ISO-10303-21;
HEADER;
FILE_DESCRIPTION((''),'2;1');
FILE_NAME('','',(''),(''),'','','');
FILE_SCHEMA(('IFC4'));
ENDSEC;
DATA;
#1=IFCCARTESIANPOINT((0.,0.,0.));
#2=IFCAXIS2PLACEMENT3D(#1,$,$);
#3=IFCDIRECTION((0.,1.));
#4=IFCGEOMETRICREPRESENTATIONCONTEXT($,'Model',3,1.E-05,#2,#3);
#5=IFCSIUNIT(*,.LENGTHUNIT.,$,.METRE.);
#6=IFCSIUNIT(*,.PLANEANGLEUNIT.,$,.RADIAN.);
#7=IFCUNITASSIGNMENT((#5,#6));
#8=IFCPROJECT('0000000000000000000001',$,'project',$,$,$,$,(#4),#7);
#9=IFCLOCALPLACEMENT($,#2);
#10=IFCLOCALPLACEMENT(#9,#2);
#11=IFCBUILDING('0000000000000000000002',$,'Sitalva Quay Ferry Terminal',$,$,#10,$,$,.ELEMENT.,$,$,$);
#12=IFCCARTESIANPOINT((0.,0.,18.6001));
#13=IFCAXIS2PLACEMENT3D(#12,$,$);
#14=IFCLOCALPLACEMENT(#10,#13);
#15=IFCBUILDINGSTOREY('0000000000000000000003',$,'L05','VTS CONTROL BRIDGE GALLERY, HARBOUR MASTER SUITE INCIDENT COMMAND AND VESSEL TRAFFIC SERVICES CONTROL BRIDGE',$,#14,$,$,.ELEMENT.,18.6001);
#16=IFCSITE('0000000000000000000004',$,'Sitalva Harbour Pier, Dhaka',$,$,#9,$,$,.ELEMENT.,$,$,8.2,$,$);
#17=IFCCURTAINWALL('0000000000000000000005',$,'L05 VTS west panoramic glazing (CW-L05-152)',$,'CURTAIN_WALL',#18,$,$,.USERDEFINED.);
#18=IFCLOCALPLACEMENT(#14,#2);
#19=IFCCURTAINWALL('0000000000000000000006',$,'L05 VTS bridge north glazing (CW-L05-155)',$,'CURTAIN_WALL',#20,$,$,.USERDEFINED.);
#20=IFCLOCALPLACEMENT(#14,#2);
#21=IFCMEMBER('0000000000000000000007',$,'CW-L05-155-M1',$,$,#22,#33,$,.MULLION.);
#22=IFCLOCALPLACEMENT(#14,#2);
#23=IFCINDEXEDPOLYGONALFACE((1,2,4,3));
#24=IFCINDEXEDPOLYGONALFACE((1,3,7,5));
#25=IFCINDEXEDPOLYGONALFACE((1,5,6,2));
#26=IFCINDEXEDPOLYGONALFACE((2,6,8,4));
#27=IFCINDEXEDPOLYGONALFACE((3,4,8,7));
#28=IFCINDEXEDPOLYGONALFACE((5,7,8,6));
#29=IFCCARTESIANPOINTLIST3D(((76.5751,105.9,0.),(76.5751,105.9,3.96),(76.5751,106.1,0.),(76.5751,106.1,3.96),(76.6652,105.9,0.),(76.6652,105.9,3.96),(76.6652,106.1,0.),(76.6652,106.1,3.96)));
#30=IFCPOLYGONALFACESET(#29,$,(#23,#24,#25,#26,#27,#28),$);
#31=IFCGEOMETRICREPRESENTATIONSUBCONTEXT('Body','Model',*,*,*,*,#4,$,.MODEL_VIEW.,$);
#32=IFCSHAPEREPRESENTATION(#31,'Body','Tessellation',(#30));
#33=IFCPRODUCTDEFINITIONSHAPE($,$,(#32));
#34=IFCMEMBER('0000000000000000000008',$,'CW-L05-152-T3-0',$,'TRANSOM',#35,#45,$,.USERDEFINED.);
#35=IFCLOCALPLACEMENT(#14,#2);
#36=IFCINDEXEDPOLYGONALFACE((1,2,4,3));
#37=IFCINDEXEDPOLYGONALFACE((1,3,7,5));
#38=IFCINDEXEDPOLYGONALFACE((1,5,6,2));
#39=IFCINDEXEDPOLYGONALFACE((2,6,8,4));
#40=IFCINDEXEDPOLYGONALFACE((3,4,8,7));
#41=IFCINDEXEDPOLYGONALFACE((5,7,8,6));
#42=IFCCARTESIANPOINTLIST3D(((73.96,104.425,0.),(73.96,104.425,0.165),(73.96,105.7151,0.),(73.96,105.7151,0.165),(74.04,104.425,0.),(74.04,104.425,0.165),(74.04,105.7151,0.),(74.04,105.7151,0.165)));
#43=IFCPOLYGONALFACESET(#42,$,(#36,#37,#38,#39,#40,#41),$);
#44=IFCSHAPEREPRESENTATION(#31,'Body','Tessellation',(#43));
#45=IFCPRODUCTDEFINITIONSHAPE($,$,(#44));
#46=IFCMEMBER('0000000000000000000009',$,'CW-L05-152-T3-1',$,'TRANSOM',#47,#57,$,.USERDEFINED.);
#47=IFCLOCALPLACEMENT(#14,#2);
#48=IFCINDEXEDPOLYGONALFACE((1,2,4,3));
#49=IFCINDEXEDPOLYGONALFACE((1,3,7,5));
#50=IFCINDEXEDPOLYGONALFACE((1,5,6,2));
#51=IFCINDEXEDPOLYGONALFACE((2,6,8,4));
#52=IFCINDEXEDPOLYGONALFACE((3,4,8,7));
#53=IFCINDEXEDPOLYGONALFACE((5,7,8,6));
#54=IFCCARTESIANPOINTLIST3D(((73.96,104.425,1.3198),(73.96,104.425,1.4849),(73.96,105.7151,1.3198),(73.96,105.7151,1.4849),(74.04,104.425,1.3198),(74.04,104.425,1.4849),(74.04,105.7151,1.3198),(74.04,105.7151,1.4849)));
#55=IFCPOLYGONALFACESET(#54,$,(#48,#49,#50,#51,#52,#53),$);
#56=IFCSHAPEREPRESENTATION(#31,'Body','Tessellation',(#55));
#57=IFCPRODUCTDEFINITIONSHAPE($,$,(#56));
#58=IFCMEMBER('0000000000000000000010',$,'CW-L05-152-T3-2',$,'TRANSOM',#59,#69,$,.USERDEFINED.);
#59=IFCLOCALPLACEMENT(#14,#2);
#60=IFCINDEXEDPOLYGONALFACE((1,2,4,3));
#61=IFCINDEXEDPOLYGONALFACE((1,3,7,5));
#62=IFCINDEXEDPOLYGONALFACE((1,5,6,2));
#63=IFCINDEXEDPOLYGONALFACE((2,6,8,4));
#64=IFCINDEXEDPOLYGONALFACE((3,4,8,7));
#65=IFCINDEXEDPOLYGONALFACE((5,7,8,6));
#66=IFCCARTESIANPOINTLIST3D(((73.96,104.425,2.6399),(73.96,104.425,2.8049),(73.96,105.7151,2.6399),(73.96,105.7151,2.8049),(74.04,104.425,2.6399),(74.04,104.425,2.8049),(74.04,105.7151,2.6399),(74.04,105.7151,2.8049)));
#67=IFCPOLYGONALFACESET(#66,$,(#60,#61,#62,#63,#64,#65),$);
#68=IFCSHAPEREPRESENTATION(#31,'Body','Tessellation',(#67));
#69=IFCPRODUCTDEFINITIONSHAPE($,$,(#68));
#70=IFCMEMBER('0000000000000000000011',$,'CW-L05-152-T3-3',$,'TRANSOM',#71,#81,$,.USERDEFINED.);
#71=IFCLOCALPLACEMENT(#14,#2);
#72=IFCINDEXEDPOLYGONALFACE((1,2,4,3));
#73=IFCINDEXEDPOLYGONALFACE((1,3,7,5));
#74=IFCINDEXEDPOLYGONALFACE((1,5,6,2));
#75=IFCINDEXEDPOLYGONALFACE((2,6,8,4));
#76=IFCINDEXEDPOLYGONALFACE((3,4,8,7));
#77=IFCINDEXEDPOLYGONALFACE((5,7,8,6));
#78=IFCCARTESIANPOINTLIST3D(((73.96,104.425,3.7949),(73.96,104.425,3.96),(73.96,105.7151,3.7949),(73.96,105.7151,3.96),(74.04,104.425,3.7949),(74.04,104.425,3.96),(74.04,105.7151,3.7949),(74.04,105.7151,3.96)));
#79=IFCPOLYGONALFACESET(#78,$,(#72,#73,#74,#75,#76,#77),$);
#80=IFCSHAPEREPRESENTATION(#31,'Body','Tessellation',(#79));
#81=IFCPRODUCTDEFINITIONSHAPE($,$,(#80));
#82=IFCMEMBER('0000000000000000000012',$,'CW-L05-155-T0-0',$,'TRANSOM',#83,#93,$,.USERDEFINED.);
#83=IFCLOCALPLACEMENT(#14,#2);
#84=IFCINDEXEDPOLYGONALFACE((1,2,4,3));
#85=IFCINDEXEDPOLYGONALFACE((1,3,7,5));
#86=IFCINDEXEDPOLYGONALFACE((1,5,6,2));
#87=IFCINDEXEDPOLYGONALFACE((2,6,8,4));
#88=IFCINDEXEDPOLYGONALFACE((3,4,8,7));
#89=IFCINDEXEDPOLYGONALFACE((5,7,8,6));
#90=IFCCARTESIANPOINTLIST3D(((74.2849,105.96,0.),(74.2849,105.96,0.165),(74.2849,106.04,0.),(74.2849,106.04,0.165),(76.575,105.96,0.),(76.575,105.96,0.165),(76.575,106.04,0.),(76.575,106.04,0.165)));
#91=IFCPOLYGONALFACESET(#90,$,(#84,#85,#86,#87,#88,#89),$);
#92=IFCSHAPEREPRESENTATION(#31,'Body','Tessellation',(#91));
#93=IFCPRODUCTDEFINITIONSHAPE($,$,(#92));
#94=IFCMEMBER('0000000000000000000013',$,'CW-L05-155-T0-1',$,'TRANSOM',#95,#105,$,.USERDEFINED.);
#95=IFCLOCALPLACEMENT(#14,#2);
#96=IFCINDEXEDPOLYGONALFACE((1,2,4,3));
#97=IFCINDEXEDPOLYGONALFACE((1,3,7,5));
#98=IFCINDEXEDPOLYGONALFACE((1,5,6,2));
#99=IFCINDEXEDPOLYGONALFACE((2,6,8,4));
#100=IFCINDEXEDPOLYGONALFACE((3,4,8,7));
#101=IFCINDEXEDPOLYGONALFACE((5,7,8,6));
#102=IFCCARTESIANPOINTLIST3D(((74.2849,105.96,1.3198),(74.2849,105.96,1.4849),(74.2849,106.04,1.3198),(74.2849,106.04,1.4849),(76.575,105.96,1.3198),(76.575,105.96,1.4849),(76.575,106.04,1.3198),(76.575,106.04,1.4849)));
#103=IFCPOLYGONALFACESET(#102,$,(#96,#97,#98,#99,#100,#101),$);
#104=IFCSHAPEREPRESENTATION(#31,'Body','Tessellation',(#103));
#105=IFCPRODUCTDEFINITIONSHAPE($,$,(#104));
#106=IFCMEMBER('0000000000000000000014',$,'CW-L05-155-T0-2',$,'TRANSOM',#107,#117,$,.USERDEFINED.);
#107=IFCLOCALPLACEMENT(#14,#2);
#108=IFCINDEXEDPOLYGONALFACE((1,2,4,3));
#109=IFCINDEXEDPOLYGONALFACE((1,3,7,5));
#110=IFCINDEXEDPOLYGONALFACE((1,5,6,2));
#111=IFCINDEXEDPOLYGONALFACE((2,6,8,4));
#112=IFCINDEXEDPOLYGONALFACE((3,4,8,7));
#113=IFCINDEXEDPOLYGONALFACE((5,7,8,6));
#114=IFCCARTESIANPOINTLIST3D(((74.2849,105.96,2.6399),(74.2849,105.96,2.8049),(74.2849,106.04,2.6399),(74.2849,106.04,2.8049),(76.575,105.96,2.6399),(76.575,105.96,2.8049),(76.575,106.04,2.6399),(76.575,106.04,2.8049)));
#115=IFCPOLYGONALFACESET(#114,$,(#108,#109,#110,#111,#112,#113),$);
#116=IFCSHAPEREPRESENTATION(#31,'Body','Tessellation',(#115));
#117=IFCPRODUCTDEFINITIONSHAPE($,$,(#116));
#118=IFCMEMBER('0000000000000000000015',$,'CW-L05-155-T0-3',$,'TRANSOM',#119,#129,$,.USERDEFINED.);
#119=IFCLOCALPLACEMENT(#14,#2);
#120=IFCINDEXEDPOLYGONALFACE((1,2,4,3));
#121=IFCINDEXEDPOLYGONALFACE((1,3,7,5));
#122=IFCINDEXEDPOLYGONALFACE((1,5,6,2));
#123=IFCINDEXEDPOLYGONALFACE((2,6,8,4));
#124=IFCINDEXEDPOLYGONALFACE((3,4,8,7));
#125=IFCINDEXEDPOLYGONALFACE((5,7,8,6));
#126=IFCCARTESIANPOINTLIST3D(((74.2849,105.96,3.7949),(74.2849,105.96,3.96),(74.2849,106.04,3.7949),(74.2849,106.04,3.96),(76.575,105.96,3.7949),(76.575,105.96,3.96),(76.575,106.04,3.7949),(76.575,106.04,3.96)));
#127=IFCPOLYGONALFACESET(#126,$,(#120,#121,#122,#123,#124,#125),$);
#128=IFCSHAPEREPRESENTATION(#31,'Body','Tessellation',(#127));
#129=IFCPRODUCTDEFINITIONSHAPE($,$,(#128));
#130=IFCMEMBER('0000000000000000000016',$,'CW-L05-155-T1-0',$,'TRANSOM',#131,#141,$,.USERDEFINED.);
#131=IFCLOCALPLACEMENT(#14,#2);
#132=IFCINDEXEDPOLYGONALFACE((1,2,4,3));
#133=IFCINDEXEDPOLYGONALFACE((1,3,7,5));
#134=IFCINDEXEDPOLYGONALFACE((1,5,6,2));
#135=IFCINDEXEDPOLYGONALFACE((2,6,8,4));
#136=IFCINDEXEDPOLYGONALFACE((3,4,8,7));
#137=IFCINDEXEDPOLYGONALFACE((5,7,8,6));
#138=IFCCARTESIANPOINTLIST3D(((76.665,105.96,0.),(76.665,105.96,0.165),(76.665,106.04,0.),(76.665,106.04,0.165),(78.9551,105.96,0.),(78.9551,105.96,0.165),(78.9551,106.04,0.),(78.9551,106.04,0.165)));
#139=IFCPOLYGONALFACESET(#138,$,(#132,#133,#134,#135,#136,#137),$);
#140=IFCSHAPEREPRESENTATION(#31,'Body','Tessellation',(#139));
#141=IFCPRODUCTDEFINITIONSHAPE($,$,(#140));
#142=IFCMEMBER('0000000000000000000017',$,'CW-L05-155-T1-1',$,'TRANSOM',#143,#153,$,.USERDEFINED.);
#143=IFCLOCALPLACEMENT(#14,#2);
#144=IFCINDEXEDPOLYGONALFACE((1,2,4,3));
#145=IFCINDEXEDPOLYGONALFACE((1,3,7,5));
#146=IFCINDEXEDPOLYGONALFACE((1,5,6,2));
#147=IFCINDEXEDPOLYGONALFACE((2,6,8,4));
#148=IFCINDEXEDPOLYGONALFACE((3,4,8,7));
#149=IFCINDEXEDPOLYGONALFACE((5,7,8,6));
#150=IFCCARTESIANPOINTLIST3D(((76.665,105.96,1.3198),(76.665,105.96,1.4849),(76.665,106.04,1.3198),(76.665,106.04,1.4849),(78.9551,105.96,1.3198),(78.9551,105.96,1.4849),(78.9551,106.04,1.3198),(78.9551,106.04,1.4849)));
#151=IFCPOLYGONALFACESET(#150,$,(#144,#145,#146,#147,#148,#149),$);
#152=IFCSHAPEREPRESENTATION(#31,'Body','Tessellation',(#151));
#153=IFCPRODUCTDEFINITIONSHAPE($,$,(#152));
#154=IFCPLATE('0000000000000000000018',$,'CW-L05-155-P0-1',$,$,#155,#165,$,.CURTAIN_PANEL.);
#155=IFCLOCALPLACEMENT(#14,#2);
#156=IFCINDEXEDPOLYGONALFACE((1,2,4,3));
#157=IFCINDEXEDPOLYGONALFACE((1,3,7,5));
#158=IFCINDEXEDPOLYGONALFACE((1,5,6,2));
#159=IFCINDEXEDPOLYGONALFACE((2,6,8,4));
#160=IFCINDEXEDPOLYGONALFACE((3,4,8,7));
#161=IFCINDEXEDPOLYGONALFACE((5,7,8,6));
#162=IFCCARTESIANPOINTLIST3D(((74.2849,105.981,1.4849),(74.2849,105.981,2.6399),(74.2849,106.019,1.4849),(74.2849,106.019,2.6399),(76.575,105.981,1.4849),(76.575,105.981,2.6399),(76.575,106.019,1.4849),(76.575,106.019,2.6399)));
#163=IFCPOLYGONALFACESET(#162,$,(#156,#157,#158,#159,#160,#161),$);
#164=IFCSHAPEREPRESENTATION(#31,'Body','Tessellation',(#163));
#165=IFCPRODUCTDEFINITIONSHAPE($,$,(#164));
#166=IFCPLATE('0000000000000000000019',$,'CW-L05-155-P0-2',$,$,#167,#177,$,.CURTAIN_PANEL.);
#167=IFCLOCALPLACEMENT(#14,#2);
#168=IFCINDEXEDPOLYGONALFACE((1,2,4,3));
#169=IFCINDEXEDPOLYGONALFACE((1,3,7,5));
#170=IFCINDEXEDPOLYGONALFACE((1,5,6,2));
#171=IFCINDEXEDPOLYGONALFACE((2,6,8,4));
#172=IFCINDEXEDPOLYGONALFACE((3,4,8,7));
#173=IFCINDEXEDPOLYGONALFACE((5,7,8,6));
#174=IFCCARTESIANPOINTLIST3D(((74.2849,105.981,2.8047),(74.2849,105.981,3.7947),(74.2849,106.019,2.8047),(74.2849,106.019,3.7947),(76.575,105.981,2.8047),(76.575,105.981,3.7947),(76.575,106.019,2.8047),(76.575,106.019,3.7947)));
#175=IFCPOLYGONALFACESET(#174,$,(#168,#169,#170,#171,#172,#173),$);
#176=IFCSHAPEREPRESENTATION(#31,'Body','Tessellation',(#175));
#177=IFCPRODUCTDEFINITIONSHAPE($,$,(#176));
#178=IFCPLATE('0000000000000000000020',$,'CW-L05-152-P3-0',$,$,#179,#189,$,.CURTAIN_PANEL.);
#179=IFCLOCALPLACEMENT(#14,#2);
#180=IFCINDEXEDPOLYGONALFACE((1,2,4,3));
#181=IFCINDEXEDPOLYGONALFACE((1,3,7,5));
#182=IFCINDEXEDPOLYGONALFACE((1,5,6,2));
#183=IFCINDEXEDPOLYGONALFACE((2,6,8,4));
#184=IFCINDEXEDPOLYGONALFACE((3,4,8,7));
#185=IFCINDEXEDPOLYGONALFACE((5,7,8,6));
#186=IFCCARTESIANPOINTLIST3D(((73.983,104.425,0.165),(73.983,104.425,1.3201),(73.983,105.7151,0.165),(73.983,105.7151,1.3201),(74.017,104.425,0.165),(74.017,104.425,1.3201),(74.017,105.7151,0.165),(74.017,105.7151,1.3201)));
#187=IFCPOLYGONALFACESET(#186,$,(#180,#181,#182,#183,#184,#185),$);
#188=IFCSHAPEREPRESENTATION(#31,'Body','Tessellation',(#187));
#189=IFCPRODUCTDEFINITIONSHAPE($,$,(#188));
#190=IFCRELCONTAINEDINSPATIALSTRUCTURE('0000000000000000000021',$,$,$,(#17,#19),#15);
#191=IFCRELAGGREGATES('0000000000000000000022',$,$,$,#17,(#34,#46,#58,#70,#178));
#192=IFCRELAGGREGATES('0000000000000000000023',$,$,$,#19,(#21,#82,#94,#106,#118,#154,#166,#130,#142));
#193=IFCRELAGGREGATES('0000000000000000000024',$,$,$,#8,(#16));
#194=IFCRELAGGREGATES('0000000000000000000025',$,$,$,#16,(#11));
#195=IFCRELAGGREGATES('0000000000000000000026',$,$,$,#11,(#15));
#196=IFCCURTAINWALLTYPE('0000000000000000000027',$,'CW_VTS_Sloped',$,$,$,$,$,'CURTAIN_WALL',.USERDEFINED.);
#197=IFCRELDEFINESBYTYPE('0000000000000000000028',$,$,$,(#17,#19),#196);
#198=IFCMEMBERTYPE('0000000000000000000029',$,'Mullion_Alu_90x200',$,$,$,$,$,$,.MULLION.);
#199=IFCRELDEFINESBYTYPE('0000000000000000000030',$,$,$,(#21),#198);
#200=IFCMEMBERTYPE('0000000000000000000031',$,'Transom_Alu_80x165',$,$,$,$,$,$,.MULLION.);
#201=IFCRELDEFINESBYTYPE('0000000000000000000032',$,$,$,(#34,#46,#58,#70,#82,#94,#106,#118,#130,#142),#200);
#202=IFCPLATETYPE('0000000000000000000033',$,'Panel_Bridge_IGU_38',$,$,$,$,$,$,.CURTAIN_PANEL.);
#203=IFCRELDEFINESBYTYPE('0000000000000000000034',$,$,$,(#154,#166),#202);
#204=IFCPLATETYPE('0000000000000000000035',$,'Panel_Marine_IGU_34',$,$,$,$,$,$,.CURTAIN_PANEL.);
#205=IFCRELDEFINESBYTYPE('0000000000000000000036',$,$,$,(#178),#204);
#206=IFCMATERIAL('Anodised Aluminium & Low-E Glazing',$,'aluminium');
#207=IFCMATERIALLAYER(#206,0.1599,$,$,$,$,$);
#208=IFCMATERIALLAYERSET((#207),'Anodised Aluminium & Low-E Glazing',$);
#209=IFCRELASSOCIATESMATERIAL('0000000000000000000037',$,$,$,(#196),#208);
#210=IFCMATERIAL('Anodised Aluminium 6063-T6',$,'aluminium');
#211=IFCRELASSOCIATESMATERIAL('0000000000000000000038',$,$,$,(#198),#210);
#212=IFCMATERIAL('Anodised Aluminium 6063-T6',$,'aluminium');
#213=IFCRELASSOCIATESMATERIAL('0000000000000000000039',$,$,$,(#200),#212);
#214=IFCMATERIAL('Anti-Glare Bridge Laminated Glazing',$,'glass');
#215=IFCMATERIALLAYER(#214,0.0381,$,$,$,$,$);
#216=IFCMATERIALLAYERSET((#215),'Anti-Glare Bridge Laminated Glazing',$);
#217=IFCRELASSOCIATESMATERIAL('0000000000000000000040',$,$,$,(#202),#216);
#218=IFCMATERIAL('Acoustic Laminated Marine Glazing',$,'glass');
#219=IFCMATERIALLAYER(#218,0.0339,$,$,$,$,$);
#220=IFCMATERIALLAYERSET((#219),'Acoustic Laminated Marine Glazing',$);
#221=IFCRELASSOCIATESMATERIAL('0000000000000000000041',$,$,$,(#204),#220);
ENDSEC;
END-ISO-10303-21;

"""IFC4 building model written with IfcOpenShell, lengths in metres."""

from ifc_helpers import new_model, si_unit, direction, frame, origin, origin_2d, place, context, subcontext, project, spatial, rectangle, extrude, material, layer, layer_set, material_profile, profile_set, type_object, element, aggregate, save


model = new_model("IFC4")

# Units and contexts
model_context = context("Model", 3, precision=1e-05, world=origin(), true_north=direction((0.0, 1.0)))
body_context = subcontext(model_context, "Body", "Model", "MODEL_VIEW")
ifc_project = project(units=[si_unit("LENGTHUNIT", "METRE"), si_unit("PLANEANGLEUNIT", "RADIAN")], contexts=[model_context])

# Site, building, storey
site_placement = place(None, origin())
site = spatial("IfcSite", under=ifc_project, at=site_placement, Name="Sitalva Harbour Pier, Dhaka", CompositionType="ELEMENT", RefElevation=8.2)
building_placement = place(site_placement, origin())
building = spatial("IfcBuilding", under=site, at=building_placement, Name="Sitalva Quay Ferry Terminal", CompositionType="ELEMENT")
storey_placement = place(building_placement, frame((0.0, 0.0, 18.6001)))
storey = spatial("IfcBuildingStorey", under=building, at=storey_placement, Name="L05", Description="VTS CONTROL BRIDGE GALLERY, HARBOUR MASTER SUITE INCIDENT COMMAND AND VESSEL TRAFFIC SERVICES CONTROL BRIDGE", CompositionType="ELEMENT", Elevation=18.6001)

# Curtain walls, member
ifc_material_1 = material(Name="Anodised Aluminium & Low-E Glazing", Category="aluminium")
ifc_layer_1 = layer(ifc_material_1, 0.1599)
ifc_layer_set_1 = layer_set([ifc_layer_1], Name="Anodised Aluminium & Low-E Glazing")
curtain_wall_type = type_object("IfcCurtainWallType", Name="CW_VTS_Sloped", ElementType="CURTAIN_WALL", PredefinedType="USERDEFINED", material=ifc_layer_set_1)
curtain_wall_1_placement = place(storey_placement, origin())
curtain_wall_1 = element("IfcCurtainWall", 1, at=curtain_wall_1_placement, inside=storey, type_object=curtain_wall_type, Name="L05 VTS west panoramic glazing (CW-L05-152)", ObjectType="CURTAIN_WALL", PredefinedType="USERDEFINED")
ifc_material_2 = material(Name="Anodised Aluminium 6063-T6", Category="aluminium")
ifc_material_profile_1 = material_profile(ifc_material_2, rectangle(XDim=0.0901, YDim=0.2, at=origin_2d()), Name="ALU90x200")
ifc_profile_set_1 = profile_set([ifc_material_profile_1], Name="Anodised Aluminium 6063-T6")
member_type_1 = type_object("IfcMemberType", Name="Mullion_Alu_90x200", PredefinedType="MULLION", material=ifc_profile_set_1)
curtain_wall_2_placement = place(storey_placement, origin())
curtain_wall_2 = element("IfcCurtainWall", 2, at=curtain_wall_2_placement, inside=storey, type_object=curtain_wall_type, Name="L05 VTS bridge north glazing (CW-L05-155)", ObjectType="CURTAIN_WALL", PredefinedType="USERDEFINED")
member_1_placement = place(storey_placement, frame((76.6201, 106.0, 0.0), z_axis=(0.0, 0.0, 1.0), x_axis=(1.0, 0.0, 0.0)))
member_1 = element("IfcMember", 3, at=member_1_placement, type_object=member_type_1, Name="CW-L05-155-M1", PredefinedType="MULLION", context=body_context, shape_type="SweptSolid", body=[
    extrude(rectangle(XDim=0.0901, YDim=0.2, at=origin_2d()), origin(), (0.0, 0.0, 1.0), 3.96),
])

# Members
ifc_material_3 = material(Name="Anodised Aluminium 6063-T6", Category="aluminium")
ifc_material_profile_2 = material_profile(ifc_material_3, rectangle(XDim=0.0801, YDim=0.165, at=origin_2d()), Name="ALU80x165")
ifc_profile_set_2 = profile_set([ifc_material_profile_2], Name="Anodised Aluminium 6063-T6")
member_type_2 = type_object("IfcMemberType", Name="Transom_Alu_80x165", PredefinedType="MULLION", material=ifc_profile_set_2)
member_2_placement = place(storey_placement, frame((74.0, 104.425, 0.0825), z_axis=(0.0, 1.0, 0.0), x_axis=(-1.0, 0.0, 0.0)))
member_2 = element("IfcMember", 4, at=member_2_placement, type_object=member_type_2, Name="CW-L05-152-T3-0", ObjectType="TRANSOM", PredefinedType="USERDEFINED", context=body_context, shape_type="SweptSolid", body=[
    extrude(rectangle(XDim=0.0801, YDim=0.165, at=origin_2d()), origin(), (0.0, 0.0, 1.0), 1.29),
])
member_3_placement = place(storey_placement, frame((74.0, 104.425, 1.4023), z_axis=(0.0, 1.0, 0.0), x_axis=(-1.0, 0.0, 0.0)))
member_3 = element("IfcMember", 5, at=member_3_placement, type_object=member_type_2, Name="CW-L05-152-T3-1", ObjectType="TRANSOM", PredefinedType="USERDEFINED", context=body_context, shape_type="SweptSolid", body=[
    extrude(rectangle(XDim=0.0801, YDim=0.165, at=origin_2d()), origin(), (0.0, 0.0, 1.0), 1.29),
])
member_4_placement = place(storey_placement, frame((74.0, 104.425, 2.7224), z_axis=(0.0, 1.0, 0.0), x_axis=(-1.0, 0.0, 0.0)))
member_4 = element("IfcMember", 6, at=member_4_placement, type_object=member_type_2, Name="CW-L05-152-T3-2", ObjectType="TRANSOM", PredefinedType="USERDEFINED", context=body_context, shape_type="SweptSolid", body=[
    extrude(rectangle(XDim=0.0801, YDim=0.165, at=origin_2d()), origin(), (0.0, 0.0, 1.0), 1.29),
])
member_5_placement = place(storey_placement, frame((74.0, 104.425, 3.8774), z_axis=(0.0, 1.0, 0.0), x_axis=(-1.0, 0.0, 0.0)))
member_5 = element("IfcMember", 7, at=member_5_placement, type_object=member_type_2, Name="CW-L05-152-T3-3", ObjectType="TRANSOM", PredefinedType="USERDEFINED", context=body_context, shape_type="SweptSolid", body=[
    extrude(rectangle(XDim=0.0801, YDim=0.165, at=origin_2d()), origin(), (0.0, 0.0, 1.0), 1.29),
])
member_6_placement = place(storey_placement, frame((74.2849, 106.0, 0.0825), z_axis=(1.0, 0.0, 0.0), x_axis=(0.0, 1.0, 0.0)))
member_6 = element("IfcMember", 8, at=member_6_placement, type_object=member_type_2, Name="CW-L05-155-T0-0", ObjectType="TRANSOM", PredefinedType="USERDEFINED", context=body_context, shape_type="SweptSolid", body=[
    extrude(rectangle(XDim=0.0801, YDim=0.165, at=origin_2d()), origin(), (0.0, 0.0, 1.0), 2.29),
])
member_7_placement = place(storey_placement, frame((74.2849, 106.0, 1.4023), z_axis=(1.0, 0.0, 0.0), x_axis=(0.0, 1.0, 0.0)))
member_7 = element("IfcMember", 9, at=member_7_placement, type_object=member_type_2, Name="CW-L05-155-T0-1", ObjectType="TRANSOM", PredefinedType="USERDEFINED", context=body_context, shape_type="SweptSolid", body=[
    extrude(rectangle(XDim=0.0801, YDim=0.165, at=origin_2d()), origin(), (0.0, 0.0, 1.0), 2.29),
])
member_8_placement = place(storey_placement, frame((74.2849, 106.0, 2.7224), z_axis=(1.0, 0.0, 0.0), x_axis=(0.0, 1.0, 0.0)))
member_8 = element("IfcMember", 10, at=member_8_placement, type_object=member_type_2, Name="CW-L05-155-T0-2", ObjectType="TRANSOM", PredefinedType="USERDEFINED", context=body_context, shape_type="SweptSolid", body=[
    extrude(rectangle(XDim=0.0801, YDim=0.165, at=origin_2d()), origin(), (0.0, 0.0, 1.0), 2.29),
])
member_9_placement = place(storey_placement, frame((74.2849, 106.0, 3.8774), z_axis=(1.0, 0.0, 0.0), x_axis=(0.0, 1.0, 0.0)))
member_9 = element("IfcMember", 11, at=member_9_placement, type_object=member_type_2, Name="CW-L05-155-T0-3", ObjectType="TRANSOM", PredefinedType="USERDEFINED", context=body_context, shape_type="SweptSolid", body=[
    extrude(rectangle(XDim=0.0801, YDim=0.165, at=origin_2d()), origin(), (0.0, 0.0, 1.0), 2.29),
])
member_10_placement = place(storey_placement, frame((76.665, 106.0, 0.0825), z_axis=(1.0, 0.0, 0.0), x_axis=(0.0, 1.0, 0.0)))
member_10 = element("IfcMember", 12, at=member_10_placement, type_object=member_type_2, Name="CW-L05-155-T1-0", ObjectType="TRANSOM", PredefinedType="USERDEFINED", context=body_context, shape_type="SweptSolid", body=[
    extrude(rectangle(XDim=0.0801, YDim=0.165, at=origin_2d()), origin(), (0.0, 0.0, 1.0), 2.29),
])
member_11_placement = place(storey_placement, frame((76.665, 106.0, 1.4023), z_axis=(1.0, 0.0, 0.0), x_axis=(0.0, 1.0, 0.0)))
member_11 = element("IfcMember", 13, at=member_11_placement, type_object=member_type_2, Name="CW-L05-155-T1-1", ObjectType="TRANSOM", PredefinedType="USERDEFINED", context=body_context, shape_type="SweptSolid", body=[
    extrude(rectangle(XDim=0.0801, YDim=0.165, at=origin_2d()), origin(), (0.0, 0.0, 1.0), 2.29),
])

# Plates
ifc_material_4 = material(Name="Anti-Glare Bridge Laminated Glazing", Category="glass")
ifc_layer_2 = layer(ifc_material_4, 0.0381)
ifc_layer_set_2 = layer_set([ifc_layer_2], Name="Anti-Glare Bridge Laminated Glazing")
plate_type_1 = type_object("IfcPlateType", Name="Panel_Bridge_IGU_38", PredefinedType="CURTAIN_PANEL", material=ifc_layer_set_2)
plate_1_placement = place(storey_placement, frame((75.4299, 106.0, 1.4849), z_axis=(0.0, 0.0, 1.0), x_axis=(1.0, 0.0, 0.0)))
plate_1 = element("IfcPlate", 14, at=plate_1_placement, type_object=plate_type_1, Name="CW-L05-155-P0-1", PredefinedType="CURTAIN_PANEL", context=body_context, shape_type="SweptSolid", body=[
    extrude(rectangle(XDim=2.29, YDim=0.0381, at=origin_2d()), origin(), (0.0, 0.0, 1.0), 1.155),
])
plate_2_placement = place(storey_placement, frame((75.4299, 106.0, 2.8047), z_axis=(0.0, 0.0, 1.0), x_axis=(1.0, 0.0, 0.0)))
plate_2 = element("IfcPlate", 15, at=plate_2_placement, type_object=plate_type_1, Name="CW-L05-155-P0-2", PredefinedType="CURTAIN_PANEL", context=body_context, shape_type="SweptSolid", body=[
    extrude(rectangle(XDim=2.29, YDim=0.0381, at=origin_2d()), origin(), (0.0, 0.0, 1.0), 0.99),
])
ifc_material_5 = material(Name="Acoustic Laminated Marine Glazing", Category="glass")
ifc_layer_3 = layer(ifc_material_5, 0.0339)
ifc_layer_set_3 = layer_set([ifc_layer_3], Name="Acoustic Laminated Marine Glazing")
plate_type_2 = type_object("IfcPlateType", Name="Panel_Marine_IGU_34", PredefinedType="CURTAIN_PANEL", material=ifc_layer_set_3)
plate_3_placement = place(storey_placement, frame((74.0, 105.0701, 0.165), z_axis=(0.0, 0.0, 1.0), x_axis=(0.0, 1.0, 0.0)))
plate_3 = element("IfcPlate", 16, at=plate_3_placement, type_object=plate_type_2, Name="CW-L05-152-P3-0", PredefinedType="CURTAIN_PANEL", context=body_context, shape_type="SweptSolid", body=[
    extrude(rectangle(XDim=1.29, YDim=0.0339, at=origin_2d()), origin(), (0.0, 0.0, 1.0), 1.155),
])
aggregate(curtain_wall_1, [member_2, member_3, member_4, member_5, plate_3])
aggregate(curtain_wall_2, [member_1, member_6, member_7, member_8, member_9, plate_1, plate_2, member_10, member_11])

save(model, "model.ifc")
